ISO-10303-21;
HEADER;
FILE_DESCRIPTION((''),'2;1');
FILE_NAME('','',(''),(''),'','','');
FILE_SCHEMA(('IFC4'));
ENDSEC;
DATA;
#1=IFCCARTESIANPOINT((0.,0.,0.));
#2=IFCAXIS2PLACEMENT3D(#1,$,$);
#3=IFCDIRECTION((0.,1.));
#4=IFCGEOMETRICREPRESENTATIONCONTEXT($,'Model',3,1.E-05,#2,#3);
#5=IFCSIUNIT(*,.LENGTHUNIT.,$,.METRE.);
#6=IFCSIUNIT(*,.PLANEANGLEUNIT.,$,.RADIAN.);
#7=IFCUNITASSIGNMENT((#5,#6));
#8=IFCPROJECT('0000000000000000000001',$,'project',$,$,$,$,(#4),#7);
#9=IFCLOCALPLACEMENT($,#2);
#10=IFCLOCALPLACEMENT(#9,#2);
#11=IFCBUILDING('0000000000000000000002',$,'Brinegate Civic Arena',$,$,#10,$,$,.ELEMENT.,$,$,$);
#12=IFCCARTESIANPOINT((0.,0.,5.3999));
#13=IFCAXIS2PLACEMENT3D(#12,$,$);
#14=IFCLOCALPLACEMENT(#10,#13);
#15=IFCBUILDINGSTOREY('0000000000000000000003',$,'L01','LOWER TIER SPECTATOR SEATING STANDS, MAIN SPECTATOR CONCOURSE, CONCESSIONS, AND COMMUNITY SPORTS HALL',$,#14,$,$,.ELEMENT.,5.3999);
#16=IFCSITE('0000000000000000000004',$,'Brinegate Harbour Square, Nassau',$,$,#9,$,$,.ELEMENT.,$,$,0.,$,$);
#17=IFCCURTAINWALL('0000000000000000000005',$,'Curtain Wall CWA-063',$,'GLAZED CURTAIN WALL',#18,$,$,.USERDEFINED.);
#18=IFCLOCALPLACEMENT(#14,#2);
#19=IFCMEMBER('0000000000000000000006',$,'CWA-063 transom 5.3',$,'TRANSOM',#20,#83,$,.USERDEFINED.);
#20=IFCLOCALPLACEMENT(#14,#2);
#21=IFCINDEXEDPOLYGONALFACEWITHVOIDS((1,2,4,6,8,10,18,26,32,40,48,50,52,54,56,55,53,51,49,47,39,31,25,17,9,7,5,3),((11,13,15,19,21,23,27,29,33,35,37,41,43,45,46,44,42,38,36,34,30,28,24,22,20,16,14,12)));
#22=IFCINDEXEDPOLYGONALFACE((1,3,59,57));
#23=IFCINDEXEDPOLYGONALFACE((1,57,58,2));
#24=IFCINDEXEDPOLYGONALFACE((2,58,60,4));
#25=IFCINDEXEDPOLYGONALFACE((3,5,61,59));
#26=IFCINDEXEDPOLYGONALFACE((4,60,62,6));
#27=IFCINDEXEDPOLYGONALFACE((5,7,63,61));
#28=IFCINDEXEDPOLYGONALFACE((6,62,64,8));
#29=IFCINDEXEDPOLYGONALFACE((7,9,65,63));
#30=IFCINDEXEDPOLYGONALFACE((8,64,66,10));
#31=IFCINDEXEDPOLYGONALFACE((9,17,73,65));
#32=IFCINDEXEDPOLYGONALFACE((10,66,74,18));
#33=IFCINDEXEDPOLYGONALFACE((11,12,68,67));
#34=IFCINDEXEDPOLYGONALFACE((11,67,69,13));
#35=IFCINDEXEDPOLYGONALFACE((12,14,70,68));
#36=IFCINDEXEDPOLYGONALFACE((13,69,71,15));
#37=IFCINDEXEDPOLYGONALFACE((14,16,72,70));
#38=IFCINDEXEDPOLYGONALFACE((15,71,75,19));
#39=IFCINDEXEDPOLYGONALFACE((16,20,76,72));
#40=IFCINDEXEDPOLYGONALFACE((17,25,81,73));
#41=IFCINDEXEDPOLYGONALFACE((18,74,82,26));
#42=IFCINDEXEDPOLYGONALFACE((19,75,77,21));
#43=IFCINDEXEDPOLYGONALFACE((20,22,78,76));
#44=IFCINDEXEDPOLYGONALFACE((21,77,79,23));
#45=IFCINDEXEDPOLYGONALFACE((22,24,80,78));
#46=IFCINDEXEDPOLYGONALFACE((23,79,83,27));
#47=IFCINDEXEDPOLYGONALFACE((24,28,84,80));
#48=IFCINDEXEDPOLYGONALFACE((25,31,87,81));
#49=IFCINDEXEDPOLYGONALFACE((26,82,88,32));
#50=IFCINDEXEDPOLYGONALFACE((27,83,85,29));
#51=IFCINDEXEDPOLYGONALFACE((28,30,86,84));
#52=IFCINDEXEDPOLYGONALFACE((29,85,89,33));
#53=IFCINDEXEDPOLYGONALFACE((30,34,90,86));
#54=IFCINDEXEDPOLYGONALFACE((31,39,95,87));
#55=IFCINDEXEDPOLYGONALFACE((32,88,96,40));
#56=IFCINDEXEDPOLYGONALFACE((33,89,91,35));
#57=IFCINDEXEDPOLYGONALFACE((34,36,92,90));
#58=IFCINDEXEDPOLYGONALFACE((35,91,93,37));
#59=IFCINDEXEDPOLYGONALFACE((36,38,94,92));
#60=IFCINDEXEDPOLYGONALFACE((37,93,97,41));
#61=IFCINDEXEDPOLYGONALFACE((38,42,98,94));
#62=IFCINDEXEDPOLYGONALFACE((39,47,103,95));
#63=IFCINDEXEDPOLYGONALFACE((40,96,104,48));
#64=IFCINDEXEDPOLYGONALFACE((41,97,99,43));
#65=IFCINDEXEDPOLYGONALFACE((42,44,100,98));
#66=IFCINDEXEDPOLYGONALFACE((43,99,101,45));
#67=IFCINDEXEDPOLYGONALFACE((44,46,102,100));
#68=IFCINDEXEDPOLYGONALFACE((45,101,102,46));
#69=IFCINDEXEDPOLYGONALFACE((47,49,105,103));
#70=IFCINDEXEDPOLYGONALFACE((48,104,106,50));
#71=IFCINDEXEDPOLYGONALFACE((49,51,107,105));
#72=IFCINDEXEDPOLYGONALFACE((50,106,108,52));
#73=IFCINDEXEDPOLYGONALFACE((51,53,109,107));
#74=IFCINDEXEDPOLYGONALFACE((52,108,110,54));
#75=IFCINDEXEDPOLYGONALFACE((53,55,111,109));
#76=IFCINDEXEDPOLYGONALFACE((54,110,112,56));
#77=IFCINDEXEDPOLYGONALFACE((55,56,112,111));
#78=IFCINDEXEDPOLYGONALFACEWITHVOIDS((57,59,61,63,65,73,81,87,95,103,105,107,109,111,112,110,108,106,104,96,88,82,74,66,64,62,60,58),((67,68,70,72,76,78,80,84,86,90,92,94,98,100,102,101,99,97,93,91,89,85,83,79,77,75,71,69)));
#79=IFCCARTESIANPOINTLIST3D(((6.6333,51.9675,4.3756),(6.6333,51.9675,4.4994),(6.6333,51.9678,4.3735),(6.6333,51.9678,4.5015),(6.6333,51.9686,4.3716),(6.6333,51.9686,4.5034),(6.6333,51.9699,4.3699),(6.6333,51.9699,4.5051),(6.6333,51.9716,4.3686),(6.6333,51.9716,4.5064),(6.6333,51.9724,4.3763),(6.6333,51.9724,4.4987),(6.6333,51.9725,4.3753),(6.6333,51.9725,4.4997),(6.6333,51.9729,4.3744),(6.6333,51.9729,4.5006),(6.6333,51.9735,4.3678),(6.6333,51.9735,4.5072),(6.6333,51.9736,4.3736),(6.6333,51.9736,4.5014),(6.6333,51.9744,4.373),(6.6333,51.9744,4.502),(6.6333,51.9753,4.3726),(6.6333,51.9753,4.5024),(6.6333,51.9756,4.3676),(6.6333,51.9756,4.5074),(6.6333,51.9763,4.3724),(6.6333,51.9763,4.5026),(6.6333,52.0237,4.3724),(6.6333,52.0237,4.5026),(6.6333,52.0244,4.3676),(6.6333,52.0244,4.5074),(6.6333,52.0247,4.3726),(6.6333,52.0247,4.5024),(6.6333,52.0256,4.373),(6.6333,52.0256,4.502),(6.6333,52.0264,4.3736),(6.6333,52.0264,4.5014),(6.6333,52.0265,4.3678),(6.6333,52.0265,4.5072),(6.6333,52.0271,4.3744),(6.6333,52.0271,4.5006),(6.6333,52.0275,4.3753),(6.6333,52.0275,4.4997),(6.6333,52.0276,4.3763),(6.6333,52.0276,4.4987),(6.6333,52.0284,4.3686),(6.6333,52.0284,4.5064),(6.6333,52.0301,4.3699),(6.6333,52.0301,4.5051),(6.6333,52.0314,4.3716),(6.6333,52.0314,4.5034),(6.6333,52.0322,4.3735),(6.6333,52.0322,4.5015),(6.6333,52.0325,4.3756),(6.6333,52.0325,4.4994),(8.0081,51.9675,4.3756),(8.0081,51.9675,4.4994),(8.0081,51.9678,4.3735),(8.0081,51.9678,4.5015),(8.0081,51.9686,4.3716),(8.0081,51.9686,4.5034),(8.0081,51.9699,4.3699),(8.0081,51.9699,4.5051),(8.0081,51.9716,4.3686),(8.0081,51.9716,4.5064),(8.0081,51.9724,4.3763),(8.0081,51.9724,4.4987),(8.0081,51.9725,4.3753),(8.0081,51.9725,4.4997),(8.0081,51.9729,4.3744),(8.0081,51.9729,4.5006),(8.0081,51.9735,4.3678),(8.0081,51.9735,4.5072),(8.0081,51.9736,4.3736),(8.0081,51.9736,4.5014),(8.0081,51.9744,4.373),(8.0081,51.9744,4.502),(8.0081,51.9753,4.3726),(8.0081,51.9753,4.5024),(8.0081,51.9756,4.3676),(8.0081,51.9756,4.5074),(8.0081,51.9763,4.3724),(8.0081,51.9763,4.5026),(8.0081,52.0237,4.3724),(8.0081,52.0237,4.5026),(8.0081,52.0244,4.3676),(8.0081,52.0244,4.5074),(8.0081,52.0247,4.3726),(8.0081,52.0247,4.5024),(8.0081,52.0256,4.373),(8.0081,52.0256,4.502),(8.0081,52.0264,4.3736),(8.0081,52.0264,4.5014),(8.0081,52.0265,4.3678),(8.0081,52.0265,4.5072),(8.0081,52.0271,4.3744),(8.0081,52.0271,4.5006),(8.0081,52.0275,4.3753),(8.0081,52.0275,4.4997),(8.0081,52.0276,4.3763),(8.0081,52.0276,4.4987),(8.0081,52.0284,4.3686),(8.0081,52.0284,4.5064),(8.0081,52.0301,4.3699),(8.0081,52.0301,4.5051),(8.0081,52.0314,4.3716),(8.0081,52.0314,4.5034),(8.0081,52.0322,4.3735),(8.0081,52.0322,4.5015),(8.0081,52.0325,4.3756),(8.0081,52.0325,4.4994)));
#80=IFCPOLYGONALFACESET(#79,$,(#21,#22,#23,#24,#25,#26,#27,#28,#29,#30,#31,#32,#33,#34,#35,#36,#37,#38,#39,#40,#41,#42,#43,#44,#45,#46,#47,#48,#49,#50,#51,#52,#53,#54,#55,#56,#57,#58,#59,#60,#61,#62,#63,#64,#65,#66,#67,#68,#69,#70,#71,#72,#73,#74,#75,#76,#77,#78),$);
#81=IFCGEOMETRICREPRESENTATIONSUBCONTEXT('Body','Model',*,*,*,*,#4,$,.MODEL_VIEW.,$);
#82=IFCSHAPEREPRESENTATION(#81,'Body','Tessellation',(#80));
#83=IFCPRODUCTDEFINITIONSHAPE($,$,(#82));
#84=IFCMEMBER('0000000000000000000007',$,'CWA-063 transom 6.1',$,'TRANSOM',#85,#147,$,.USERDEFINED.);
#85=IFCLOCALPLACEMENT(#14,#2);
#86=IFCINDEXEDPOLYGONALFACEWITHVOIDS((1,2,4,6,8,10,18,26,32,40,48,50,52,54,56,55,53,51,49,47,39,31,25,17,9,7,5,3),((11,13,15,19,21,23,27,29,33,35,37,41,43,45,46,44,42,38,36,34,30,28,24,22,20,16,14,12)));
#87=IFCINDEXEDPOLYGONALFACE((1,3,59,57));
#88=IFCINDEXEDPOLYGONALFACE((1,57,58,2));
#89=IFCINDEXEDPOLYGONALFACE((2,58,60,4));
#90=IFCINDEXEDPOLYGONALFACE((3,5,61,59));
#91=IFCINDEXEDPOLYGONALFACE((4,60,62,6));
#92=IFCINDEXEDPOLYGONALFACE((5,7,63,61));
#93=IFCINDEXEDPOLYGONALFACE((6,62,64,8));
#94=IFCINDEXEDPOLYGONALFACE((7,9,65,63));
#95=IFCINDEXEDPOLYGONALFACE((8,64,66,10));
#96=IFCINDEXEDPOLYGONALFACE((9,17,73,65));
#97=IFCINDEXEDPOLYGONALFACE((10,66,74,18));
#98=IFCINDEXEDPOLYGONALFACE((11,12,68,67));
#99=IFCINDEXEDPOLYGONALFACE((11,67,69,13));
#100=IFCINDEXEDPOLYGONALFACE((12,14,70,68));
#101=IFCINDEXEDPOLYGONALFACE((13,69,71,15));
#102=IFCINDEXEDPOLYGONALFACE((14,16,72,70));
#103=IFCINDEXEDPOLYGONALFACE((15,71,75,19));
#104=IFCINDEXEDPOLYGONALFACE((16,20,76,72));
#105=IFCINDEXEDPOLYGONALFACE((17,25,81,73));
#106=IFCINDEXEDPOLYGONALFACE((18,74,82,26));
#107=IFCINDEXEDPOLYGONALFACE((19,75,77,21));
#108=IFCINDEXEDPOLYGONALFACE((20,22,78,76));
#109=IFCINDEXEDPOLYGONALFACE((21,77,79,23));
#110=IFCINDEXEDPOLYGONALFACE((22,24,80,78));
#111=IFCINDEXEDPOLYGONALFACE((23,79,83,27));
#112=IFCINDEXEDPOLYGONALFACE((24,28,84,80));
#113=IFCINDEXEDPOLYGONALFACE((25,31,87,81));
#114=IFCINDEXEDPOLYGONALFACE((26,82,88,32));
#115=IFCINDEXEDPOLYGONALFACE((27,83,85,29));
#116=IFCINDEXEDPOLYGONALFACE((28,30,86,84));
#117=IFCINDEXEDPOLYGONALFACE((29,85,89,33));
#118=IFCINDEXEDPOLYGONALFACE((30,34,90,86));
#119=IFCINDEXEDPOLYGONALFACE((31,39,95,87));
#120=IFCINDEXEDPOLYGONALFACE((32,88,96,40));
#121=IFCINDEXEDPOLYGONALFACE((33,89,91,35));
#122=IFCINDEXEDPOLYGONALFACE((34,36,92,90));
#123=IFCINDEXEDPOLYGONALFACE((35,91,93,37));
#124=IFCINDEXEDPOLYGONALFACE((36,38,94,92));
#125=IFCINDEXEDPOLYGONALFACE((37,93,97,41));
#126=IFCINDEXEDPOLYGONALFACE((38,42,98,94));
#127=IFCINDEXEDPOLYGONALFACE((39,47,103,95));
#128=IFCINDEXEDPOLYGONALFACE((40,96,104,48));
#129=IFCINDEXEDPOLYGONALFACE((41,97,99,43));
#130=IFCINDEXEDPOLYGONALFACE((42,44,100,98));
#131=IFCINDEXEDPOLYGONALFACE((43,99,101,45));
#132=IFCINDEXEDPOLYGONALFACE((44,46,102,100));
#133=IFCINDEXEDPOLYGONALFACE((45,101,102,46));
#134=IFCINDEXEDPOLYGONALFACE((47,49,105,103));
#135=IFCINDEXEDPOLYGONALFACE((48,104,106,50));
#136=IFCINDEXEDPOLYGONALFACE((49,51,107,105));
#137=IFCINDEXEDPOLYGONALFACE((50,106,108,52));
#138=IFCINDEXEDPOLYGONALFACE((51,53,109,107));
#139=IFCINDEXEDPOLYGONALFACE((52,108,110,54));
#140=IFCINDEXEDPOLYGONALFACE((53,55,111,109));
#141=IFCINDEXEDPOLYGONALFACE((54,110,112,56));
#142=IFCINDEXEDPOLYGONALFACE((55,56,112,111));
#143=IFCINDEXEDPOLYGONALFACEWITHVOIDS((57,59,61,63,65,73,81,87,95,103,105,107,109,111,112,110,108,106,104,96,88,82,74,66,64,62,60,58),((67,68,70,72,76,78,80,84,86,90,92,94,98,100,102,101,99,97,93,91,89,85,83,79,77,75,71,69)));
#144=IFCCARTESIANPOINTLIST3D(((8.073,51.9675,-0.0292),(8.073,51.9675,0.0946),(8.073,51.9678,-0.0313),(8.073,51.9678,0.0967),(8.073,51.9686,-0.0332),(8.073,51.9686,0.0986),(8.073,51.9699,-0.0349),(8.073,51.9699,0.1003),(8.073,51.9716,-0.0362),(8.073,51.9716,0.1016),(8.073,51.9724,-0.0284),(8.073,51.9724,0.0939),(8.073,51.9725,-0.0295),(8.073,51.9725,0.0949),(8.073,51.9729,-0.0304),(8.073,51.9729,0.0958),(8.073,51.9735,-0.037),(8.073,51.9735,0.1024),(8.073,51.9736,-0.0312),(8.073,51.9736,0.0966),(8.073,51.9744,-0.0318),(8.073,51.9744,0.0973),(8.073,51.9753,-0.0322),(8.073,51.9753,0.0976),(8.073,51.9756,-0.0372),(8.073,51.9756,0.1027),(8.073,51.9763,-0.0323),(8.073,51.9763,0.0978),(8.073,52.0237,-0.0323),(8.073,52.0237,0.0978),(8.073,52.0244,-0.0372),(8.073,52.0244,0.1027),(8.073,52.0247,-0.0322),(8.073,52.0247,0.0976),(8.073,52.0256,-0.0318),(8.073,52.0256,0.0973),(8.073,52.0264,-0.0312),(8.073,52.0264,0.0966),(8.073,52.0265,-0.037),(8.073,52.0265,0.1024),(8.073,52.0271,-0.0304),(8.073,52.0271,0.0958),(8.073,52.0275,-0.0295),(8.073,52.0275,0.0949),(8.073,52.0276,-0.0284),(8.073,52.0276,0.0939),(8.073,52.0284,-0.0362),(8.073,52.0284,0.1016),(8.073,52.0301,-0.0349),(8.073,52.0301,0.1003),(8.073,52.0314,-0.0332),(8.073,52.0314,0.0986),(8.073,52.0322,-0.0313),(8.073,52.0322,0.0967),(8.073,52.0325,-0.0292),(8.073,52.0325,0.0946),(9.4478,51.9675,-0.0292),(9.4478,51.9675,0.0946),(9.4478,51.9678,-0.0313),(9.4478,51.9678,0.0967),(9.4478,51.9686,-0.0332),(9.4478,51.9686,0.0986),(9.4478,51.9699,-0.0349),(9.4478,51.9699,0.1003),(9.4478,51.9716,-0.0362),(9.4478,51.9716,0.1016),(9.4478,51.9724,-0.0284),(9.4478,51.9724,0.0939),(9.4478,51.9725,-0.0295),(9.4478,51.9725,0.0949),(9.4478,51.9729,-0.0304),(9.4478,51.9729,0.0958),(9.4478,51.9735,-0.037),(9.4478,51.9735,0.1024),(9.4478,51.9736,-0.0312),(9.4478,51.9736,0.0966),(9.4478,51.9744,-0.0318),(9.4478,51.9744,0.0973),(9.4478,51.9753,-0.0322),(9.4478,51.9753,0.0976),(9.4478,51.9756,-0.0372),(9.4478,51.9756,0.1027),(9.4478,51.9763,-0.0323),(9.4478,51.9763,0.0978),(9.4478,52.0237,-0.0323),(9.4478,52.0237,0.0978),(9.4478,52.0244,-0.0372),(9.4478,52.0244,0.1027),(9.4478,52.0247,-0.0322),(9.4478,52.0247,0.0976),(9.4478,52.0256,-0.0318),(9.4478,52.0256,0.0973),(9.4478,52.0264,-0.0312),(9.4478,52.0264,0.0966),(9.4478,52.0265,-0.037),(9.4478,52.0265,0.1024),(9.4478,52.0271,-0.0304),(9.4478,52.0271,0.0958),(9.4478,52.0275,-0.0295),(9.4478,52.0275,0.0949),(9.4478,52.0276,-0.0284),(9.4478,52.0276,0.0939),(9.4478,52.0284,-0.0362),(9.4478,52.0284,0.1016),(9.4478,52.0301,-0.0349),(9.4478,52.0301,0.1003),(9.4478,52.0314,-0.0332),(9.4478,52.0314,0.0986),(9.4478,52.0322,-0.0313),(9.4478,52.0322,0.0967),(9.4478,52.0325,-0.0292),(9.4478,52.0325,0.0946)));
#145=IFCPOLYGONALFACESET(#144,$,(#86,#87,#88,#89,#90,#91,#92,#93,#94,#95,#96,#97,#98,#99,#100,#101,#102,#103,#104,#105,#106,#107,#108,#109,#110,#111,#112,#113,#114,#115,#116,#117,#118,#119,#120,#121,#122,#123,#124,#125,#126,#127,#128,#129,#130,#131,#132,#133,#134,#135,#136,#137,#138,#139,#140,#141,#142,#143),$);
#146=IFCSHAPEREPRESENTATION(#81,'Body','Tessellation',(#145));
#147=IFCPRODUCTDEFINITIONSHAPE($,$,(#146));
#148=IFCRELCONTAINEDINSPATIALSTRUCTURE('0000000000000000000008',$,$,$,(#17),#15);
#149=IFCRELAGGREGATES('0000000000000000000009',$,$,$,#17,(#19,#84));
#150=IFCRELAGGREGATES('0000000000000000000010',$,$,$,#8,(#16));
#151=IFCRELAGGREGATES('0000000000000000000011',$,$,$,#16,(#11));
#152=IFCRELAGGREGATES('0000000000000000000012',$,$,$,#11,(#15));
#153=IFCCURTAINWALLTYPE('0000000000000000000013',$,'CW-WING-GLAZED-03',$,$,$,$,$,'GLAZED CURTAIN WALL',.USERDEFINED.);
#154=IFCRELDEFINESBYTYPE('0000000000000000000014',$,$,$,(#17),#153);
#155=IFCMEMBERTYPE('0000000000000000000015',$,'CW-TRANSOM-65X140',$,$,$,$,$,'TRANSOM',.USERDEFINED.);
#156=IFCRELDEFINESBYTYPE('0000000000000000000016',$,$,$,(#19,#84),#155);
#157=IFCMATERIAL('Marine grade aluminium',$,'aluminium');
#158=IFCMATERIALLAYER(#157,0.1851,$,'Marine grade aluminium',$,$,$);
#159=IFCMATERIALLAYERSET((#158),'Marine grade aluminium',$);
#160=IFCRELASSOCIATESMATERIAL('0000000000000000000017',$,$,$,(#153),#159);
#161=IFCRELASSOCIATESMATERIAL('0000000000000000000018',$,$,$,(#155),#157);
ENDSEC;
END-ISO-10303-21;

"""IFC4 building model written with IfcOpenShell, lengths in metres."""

from ifc_helpers import new_model, si_unit, direction, frame, origin, origin_2d, place, context, subcontext, project, spatial, hollow_rectangle, extrude, material, layer, layer_set, material_profile, profile_set, type_object, element, aggregate, save


model = new_model("IFC4")

# Units and contexts
model_context = context("Model", 3, precision=1e-05, world=origin(), true_north=direction((0.0, 1.0)))
body_context = subcontext(model_context, "Body", "Model", "MODEL_VIEW")
ifc_project = project(units=[si_unit("LENGTHUNIT", "METRE"), si_unit("PLANEANGLEUNIT", "RADIAN")], contexts=[model_context])

# Site, building, storey
site_placement = place(None, origin())
site = spatial("IfcSite", under=ifc_project, at=site_placement, Name="Brinegate Harbour Square, Nassau", CompositionType="ELEMENT", RefElevation=0.0)
building_placement = place(site_placement, origin())
building = spatial("IfcBuilding", under=site, at=building_placement, Name="Brinegate Civic Arena", CompositionType="ELEMENT")
storey_placement = place(building_placement, frame((0.0, 0.0, 5.3999)))
storey = spatial("IfcBuildingStorey", under=building, at=storey_placement, Name="L01", Description="LOWER TIER SPECTATOR SEATING STANDS, MAIN SPECTATOR CONCOURSE, CONCESSIONS, AND COMMUNITY SPORTS HALL", CompositionType="ELEMENT", Elevation=5.3999)

# Curtain wall, members
ifc_material_1 = material(Name="Marine grade aluminium", Category="aluminium")
ifc_layer_1 = layer(ifc_material_1, 0.1851, Name="Marine grade aluminium")
ifc_layer_set_1 = layer_set([ifc_layer_1], Name="Marine grade aluminium")
curtain_wall_type = type_object("IfcCurtainWallType", Name="CW-WING-GLAZED-03", ElementType="GLAZED CURTAIN WALL", PredefinedType="USERDEFINED", material=ifc_layer_set_1)
curtain_wall_placement = place(storey_placement, origin())
curtain_wall = element("IfcCurtainWall", 1, at=curtain_wall_placement, inside=storey, type_object=curtain_wall_type, Name="Curtain Wall CWA-063", ObjectType="GLAZED CURTAIN WALL", PredefinedType="USERDEFINED")
ifc_material_profile_1 = material_profile(ifc_material_1, hollow_rectangle(XDim=0.0649, YDim=0.1399, WallThickness=0.0049, InnerFilletRadius=0.0039, OuterFilletRadius=0.0081, at=origin_2d()), Name="TRN65X140")
ifc_profile_set_1 = profile_set([ifc_material_profile_1], Name="Marine grade aluminium")
member_type_1 = type_object("IfcMemberType", Name="CW-TRANSOM-65X140", ElementType="TRANSOM", PredefinedType="USERDEFINED", material=ifc_profile_set_1)
member_1_placement = place(storey_placement, frame((6.6333, 52.0, 4.4375), z_axis=(1.0, 0.0, 0.0), x_axis=(0.0, 1.0, 0.0)))
member_1 = element("IfcMember", 2, at=member_1_placement, type_object=member_type_1, Name="CWA-063 transom 5.3", ObjectType="TRANSOM", PredefinedType="USERDEFINED", context=body_context, shape_type="SweptSolid", body=[
    extrude(hollow_rectangle(XDim=0.0649, YDim=0.1399, WallThickness=0.0049, InnerFilletRadius=0.0039, OuterFilletRadius=0.0081, at=origin_2d()), origin(), (0.0, 0.0, 1.0), 1.3748),
])
member_2_placement = place(storey_placement, frame((8.073, 52.0, 0.0327), z_axis=(1.0, 0.0, 0.0), x_axis=(0.0, 1.0, 0.0)))
member_2 = element("IfcMember", 3, at=member_2_placement, type_object=member_type_1, Name="CWA-063 transom 6.1", ObjectType="TRANSOM", PredefinedType="USERDEFINED", context=body_context, shape_type="SweptSolid", body=[
    extrude(hollow_rectangle(XDim=0.0649, YDim=0.1399, WallThickness=0.0049, InnerFilletRadius=0.0039, OuterFilletRadius=0.0081, at=origin_2d()), origin(), (0.0, 0.0, 1.0), 1.3748),
])
aggregate(curtain_wall, [member_1, member_2])

save(model, "model.ifc")
